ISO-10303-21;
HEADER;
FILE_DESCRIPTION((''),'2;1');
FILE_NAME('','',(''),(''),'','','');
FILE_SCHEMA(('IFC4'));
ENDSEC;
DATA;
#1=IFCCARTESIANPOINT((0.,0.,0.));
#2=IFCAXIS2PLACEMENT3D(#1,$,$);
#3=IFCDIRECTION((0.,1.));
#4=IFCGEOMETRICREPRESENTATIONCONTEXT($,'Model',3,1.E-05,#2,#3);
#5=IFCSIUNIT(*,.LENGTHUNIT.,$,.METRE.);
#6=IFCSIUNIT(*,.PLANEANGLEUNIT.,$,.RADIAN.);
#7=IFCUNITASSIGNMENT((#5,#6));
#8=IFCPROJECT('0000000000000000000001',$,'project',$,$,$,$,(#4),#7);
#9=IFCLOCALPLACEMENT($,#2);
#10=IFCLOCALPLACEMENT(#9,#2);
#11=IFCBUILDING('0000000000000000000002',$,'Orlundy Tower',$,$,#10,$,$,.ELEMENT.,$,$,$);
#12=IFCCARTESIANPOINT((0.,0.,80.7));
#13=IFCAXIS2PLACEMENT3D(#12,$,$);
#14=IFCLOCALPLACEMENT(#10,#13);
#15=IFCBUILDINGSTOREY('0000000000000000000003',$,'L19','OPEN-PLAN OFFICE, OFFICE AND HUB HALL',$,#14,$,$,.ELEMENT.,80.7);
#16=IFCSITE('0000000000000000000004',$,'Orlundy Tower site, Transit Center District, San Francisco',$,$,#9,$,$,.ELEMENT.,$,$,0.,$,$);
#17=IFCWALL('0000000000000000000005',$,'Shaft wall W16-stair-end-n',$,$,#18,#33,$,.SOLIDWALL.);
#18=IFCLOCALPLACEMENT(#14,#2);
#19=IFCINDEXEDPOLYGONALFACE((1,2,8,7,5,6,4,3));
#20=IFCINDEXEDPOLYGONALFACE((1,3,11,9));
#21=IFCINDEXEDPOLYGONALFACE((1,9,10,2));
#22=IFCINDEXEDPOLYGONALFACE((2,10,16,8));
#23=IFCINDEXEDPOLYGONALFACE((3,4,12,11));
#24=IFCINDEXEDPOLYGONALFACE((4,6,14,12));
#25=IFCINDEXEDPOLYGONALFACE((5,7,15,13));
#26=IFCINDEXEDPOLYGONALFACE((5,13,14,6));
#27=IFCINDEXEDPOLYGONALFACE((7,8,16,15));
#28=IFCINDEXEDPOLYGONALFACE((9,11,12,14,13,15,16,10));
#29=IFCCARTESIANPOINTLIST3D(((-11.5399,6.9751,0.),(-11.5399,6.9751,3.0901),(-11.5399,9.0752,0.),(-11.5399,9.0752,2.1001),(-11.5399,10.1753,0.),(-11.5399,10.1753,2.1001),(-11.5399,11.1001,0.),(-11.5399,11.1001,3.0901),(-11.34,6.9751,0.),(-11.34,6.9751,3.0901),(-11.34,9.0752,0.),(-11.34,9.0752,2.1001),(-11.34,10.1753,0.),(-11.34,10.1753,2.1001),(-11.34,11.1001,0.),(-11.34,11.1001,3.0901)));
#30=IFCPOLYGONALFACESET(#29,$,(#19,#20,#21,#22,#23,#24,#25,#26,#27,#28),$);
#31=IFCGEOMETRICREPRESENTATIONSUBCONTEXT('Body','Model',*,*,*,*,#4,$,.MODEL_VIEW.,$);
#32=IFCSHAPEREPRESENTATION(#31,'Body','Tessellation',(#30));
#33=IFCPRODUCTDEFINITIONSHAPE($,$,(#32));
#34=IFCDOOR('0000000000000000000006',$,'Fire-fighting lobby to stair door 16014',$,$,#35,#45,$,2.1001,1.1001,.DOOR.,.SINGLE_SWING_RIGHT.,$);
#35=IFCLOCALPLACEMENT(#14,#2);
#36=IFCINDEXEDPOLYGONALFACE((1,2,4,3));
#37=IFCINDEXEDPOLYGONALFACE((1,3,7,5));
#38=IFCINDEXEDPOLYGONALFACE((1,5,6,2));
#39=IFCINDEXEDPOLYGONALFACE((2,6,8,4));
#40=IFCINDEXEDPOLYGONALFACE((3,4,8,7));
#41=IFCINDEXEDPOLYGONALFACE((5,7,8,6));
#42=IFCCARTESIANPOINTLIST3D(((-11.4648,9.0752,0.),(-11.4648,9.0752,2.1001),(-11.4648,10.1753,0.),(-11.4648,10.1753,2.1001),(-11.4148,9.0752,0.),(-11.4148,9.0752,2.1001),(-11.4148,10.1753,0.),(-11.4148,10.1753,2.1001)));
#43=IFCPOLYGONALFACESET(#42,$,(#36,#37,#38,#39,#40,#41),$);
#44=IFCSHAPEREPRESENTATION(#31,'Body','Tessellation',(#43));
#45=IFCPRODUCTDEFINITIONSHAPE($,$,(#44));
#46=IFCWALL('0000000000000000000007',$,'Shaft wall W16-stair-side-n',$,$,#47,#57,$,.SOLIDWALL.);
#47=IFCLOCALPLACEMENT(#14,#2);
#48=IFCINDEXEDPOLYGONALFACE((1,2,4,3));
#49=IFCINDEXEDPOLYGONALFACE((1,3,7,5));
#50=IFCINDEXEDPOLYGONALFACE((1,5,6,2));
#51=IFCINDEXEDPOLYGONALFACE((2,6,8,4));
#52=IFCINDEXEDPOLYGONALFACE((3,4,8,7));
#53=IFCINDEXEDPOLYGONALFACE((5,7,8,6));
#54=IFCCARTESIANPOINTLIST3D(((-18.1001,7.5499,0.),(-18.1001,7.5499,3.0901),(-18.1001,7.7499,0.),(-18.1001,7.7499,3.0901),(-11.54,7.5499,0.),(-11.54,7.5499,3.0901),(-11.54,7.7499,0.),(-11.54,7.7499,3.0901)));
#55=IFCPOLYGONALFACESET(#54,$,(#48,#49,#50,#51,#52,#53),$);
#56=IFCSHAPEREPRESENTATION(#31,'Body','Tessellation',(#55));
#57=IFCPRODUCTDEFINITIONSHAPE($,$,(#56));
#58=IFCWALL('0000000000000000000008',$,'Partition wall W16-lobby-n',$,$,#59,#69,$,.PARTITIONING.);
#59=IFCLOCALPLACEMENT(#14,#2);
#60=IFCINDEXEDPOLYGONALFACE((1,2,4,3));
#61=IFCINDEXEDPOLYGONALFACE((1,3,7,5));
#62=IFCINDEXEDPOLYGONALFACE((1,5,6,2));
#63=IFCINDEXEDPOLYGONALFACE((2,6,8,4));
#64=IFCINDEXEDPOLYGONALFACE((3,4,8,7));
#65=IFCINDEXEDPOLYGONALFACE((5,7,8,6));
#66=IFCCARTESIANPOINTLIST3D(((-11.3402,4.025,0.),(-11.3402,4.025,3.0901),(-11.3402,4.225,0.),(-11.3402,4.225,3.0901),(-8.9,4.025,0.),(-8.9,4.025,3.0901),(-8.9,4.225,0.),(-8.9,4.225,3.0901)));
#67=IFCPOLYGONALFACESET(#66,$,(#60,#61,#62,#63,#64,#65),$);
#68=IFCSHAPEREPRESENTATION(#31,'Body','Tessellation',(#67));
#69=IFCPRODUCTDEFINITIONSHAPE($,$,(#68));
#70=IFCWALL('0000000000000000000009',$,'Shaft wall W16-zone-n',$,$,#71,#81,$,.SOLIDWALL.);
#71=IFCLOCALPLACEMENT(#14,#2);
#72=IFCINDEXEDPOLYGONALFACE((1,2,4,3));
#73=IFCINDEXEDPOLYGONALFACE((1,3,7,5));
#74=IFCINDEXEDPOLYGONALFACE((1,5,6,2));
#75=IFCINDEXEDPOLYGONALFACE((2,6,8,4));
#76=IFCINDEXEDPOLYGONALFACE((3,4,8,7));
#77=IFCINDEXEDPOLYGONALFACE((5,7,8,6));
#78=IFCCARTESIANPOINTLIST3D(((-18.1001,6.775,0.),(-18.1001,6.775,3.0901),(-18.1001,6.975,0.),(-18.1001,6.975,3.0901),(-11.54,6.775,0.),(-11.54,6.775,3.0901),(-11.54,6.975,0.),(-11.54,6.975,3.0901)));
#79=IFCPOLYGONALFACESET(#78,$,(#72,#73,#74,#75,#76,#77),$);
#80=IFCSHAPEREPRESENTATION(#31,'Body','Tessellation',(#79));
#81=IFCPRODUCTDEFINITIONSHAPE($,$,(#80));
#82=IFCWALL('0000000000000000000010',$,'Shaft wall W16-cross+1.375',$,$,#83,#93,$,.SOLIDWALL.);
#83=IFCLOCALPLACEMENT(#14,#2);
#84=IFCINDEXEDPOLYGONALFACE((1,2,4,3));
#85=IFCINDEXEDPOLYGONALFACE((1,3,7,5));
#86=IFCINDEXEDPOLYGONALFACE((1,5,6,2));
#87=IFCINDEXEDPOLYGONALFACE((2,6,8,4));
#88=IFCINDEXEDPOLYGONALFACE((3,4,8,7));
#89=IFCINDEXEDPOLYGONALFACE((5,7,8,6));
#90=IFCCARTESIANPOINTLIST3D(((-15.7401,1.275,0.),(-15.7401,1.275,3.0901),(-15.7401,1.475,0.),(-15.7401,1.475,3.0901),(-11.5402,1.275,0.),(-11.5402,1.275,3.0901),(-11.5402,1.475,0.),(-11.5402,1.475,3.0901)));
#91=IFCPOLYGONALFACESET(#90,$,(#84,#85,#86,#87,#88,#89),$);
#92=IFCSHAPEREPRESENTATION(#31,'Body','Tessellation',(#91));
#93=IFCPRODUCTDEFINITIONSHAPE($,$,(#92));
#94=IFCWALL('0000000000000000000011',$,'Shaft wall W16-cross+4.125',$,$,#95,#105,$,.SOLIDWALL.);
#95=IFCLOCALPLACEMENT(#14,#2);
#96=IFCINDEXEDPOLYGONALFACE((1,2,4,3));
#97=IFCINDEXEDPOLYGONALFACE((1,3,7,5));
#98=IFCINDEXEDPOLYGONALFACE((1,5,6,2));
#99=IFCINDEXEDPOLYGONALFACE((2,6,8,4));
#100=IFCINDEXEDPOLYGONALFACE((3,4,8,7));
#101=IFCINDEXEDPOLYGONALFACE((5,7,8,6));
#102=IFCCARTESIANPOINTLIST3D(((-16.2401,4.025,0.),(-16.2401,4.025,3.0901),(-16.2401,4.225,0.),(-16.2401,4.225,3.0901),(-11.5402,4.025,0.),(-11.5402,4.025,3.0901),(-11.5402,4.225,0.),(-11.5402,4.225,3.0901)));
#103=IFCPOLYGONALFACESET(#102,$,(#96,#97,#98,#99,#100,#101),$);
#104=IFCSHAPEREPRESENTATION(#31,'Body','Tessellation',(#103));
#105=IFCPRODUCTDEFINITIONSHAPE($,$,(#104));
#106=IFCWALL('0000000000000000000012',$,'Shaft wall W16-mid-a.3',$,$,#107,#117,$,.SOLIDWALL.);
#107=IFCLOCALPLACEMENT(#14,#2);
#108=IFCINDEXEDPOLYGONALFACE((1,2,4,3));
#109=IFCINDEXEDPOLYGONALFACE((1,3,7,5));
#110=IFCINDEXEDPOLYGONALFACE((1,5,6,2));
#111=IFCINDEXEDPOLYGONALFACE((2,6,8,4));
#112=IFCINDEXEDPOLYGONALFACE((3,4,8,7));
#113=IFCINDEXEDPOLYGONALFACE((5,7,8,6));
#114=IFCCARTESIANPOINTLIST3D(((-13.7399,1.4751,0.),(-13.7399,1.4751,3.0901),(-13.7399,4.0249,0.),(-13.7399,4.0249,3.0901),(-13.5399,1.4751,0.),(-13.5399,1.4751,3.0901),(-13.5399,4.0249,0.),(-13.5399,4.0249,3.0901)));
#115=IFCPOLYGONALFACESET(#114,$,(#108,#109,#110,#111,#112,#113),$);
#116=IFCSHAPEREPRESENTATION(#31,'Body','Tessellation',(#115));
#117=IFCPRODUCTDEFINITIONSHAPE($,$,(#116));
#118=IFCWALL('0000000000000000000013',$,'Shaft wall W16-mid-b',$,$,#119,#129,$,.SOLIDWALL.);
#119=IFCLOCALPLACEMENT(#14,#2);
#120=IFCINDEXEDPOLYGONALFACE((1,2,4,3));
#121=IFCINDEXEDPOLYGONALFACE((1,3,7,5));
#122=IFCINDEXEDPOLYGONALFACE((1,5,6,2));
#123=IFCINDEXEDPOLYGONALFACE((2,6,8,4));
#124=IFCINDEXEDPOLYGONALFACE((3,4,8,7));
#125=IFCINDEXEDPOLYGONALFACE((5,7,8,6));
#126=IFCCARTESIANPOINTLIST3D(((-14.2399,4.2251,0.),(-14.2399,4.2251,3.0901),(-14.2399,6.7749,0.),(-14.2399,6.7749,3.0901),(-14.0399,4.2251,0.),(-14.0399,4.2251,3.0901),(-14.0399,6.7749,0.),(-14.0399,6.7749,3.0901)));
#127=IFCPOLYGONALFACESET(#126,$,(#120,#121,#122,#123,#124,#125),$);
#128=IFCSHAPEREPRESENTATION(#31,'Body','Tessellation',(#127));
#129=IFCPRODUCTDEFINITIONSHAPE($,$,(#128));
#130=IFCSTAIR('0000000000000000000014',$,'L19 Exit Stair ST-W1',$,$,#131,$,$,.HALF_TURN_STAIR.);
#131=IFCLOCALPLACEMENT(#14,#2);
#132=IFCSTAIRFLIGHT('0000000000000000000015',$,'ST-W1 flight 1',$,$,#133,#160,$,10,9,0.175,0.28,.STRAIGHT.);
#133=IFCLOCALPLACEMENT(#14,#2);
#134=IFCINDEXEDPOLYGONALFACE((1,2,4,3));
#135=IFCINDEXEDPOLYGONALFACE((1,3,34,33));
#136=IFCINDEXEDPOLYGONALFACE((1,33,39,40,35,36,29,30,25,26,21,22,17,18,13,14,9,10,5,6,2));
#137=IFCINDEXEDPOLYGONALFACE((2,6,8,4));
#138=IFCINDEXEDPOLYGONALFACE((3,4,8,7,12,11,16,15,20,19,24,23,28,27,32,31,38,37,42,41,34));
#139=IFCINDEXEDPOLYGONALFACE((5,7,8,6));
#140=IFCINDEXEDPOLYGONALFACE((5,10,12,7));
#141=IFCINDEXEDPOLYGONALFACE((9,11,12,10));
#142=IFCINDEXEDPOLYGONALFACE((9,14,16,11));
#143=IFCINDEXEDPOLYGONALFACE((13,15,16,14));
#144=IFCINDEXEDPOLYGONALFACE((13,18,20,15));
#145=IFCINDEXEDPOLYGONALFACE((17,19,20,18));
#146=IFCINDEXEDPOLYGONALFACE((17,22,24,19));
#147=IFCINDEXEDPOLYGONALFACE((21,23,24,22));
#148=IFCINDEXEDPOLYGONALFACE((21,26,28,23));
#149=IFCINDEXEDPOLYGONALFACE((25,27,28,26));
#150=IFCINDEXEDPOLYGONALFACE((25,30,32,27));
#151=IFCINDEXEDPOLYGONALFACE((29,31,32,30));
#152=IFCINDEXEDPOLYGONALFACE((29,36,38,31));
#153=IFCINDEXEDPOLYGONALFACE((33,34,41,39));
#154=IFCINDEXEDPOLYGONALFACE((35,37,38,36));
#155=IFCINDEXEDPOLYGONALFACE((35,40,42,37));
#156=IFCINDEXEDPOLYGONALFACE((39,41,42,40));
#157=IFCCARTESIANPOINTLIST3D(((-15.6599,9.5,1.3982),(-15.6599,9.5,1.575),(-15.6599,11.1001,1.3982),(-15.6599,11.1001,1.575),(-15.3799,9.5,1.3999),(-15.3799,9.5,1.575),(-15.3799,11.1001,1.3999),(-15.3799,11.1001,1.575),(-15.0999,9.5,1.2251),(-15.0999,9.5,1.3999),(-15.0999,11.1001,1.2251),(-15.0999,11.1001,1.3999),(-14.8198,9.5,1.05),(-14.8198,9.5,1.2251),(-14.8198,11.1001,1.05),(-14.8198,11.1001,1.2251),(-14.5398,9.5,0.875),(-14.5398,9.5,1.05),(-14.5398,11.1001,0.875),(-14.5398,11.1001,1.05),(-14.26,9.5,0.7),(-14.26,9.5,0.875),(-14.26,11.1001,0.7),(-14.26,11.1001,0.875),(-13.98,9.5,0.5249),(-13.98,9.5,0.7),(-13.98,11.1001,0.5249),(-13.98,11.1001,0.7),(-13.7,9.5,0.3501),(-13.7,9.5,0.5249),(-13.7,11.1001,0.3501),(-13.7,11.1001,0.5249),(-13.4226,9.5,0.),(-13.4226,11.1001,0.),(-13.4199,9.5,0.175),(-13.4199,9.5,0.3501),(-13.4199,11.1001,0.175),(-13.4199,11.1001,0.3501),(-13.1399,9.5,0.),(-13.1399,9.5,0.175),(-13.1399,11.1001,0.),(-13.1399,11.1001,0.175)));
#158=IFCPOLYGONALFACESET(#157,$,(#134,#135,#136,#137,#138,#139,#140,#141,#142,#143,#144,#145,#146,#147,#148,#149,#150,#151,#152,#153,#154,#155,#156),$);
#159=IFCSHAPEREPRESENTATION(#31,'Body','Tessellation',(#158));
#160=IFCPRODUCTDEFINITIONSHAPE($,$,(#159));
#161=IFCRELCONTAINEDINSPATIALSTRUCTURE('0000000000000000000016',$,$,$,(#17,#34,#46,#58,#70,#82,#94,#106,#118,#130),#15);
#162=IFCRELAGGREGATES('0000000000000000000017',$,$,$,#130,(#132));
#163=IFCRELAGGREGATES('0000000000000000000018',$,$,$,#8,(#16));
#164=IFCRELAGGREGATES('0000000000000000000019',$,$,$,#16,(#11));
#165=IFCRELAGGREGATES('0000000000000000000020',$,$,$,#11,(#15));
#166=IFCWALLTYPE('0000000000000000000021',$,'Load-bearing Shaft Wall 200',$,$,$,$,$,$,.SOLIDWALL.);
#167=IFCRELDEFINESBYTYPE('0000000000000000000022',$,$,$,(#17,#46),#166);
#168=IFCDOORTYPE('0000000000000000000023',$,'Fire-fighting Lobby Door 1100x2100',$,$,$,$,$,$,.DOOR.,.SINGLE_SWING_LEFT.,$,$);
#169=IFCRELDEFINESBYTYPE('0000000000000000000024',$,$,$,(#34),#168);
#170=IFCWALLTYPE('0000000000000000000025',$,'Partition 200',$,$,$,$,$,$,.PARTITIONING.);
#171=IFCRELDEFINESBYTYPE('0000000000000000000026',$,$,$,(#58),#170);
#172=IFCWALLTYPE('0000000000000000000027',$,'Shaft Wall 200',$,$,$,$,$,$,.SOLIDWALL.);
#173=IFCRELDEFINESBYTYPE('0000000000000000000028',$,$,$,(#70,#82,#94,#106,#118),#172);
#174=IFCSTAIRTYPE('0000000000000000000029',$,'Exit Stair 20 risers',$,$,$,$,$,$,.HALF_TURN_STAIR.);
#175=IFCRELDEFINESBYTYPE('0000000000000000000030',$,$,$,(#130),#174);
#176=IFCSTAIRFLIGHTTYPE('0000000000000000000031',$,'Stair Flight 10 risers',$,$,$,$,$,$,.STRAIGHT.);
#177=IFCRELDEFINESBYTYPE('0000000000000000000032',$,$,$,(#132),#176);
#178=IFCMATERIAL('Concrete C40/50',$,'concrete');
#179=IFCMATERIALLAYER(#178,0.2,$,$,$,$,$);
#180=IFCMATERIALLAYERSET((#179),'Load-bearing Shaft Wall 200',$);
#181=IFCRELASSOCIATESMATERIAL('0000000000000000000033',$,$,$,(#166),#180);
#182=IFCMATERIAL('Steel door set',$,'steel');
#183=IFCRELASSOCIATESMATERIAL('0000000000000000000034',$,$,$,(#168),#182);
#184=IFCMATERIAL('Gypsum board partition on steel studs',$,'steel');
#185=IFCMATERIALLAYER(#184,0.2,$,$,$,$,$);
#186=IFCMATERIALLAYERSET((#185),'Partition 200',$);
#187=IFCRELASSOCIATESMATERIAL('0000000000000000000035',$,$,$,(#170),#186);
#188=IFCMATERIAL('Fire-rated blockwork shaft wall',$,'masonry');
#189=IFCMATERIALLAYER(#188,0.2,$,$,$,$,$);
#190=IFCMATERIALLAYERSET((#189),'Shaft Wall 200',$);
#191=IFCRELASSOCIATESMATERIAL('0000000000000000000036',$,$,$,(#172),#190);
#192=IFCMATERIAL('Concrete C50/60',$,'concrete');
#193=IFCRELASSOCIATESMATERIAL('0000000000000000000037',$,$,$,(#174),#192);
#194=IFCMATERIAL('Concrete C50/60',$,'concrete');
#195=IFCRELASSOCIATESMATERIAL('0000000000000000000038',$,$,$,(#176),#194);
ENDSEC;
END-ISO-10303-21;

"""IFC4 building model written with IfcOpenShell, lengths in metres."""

from ifc_helpers import new_model, si_unit, direction, frame, frame_2d, origin, place, context, subcontext, project, spatial, polyline, rectangle, outline, extrude, material, layer, layer_set, type_object, element, fill, aggregate, save


model = new_model("IFC4")

# Units and contexts
model_context = context("Model", 3, precision=1e-05, world=origin(), true_north=direction((0.0, 1.0)))
body_context = subcontext(model_context, "Body", "Model", "MODEL_VIEW")
ifc_project = project(units=[si_unit("LENGTHUNIT", "METRE"), si_unit("PLANEANGLEUNIT", "RADIAN")], contexts=[model_context])

# Site, building, storey
site_placement = place(None, origin())
site = spatial("IfcSite", under=ifc_project, at=site_placement, Name="Orlundy Tower site, Transit Center District, San Francisco", CompositionType="ELEMENT", RefElevation=0.0)
building_placement = place(site_placement, origin())
building = spatial("IfcBuilding", under=site, at=building_placement, Name="Orlundy Tower", CompositionType="ELEMENT")
storey_placement = place(building_placement, frame((0.0, 0.0, 80.7)))
storey = spatial("IfcBuildingStorey", under=building, at=storey_placement, Name="L19", Description="OPEN-PLAN OFFICE, OFFICE AND HUB HALL", CompositionType="ELEMENT", Elevation=80.7)

# Wall, opening, door
ifc_material_1 = material(Name="Concrete C40/50", Category="concrete")
ifc_layer_1 = layer(ifc_material_1, 0.2)
ifc_layer_set_1 = layer_set([ifc_layer_1], Name="Load-bearing Shaft Wall 200")
wall_type_1 = type_object("IfcWallType", Name="Load-bearing Shaft Wall 200", PredefinedType="SOLIDWALL", material=ifc_layer_set_1)
wall_1_placement = place(storey_placement, frame((-11.4399, 6.9751, 0.0), z_axis=(0.0, 0.0, 1.0), x_axis=(0.0, 1.0, 0.0)))
wall_1 = element("IfcWall", 1, at=wall_1_placement, inside=storey, type_object=wall_type_1, Name="Shaft wall W16-stair-end-n", PredefinedType="SOLIDWALL", context=body_context, shape_type="SweptSolid", body=[
    extrude(rectangle(XDim=4.125, YDim=0.2, at=frame_2d((2.0625, 0.0))), origin(), (0.0, 0.0, 1.0), 3.0901),
])
opening_1_placement = place(wall_1_placement, frame((2.1001, 0.0, 0.0)))
opening_1 = element("IfcOpeningElement", 2, at=opening_1_placement, cuts=wall_1, PredefinedType="OPENING", context=body_context, shape_type="SweptSolid", body=[
    extrude(rectangle(XDim=1.1001, YDim=2.1001, at=frame_2d((0.55, 1.05))), frame((0.0, 0.1101, 0.0), z_axis=(0.0, -1.0, 0.0), x_axis=(1.0, 0.0, 0.0)), (0.0, 0.0, 1.0), 0.2202),
])
ifc_material_2 = material(Name="Steel door set", Category="steel")
door_type_1 = type_object("IfcDoorType", Name="Fire-fighting Lobby Door 1100x2100", OperationType="SINGLE_SWING_LEFT", PredefinedType="DOOR", material=ifc_material_2)
door_1_placement = place(opening_1_placement, origin())
door_1 = element("IfcDoor", 3, at=door_1_placement, inside=storey, type_object=door_type_1, Name="Fire-fighting lobby to stair door 16014", OperationType="SINGLE_SWING_RIGHT", OverallHeight=2.1001, OverallWidth=1.1001, PredefinedType="DOOR", context=body_context, shape_type="SweptSolid", body=[
    extrude(rectangle(XDim=1.1001, YDim=2.1001, at=frame_2d((0.55, 1.05))), frame((0.0, 0.0249, 0.0), z_axis=(0.0, -1.0, 0.0), x_axis=(1.0, 0.0, 0.0)), (0.0, 0.0, 1.0), 0.05),
])
fill(opening_1, door_1)

# Walls
wall_2_placement = place(storey_placement, frame((-11.54, 7.6499, 0.0), z_axis=(0.0, 0.0, 1.0), x_axis=(-1.0, 0.0, 0.0)))
element("IfcWall", 4, at=wall_2_placement, inside=storey, type_object=wall_type_1, Name="Shaft wall W16-stair-side-n", PredefinedType="SOLIDWALL", context=body_context, shape_type="SweptSolid", body=[
    extrude(rectangle(XDim=6.5601, YDim=0.2, at=frame_2d((3.28, 0.0))), origin(), (0.0, 0.0, 1.0), 3.0901),
])
ifc_material_3 = material(Name="Gypsum board partition on steel studs", Category="steel")
ifc_layer_2 = layer(ifc_material_3, 0.2)
ifc_layer_set_2 = layer_set([ifc_layer_2], Name="Partition 200")
wall_type_2 = type_object("IfcWallType", Name="Partition 200", PredefinedType="PARTITIONING", material=ifc_layer_set_2)
wall_3_placement = place(storey_placement, frame((-8.8999, 4.125, 0.0), z_axis=(0.0, 0.0, 1.0), x_axis=(-1.0, 0.0, 0.0)))
element("IfcWall", 5, at=wall_3_placement, inside=storey, type_object=wall_type_2, Name="Partition wall W16-lobby-n", PredefinedType="PARTITIONING", context=body_context, shape_type="SweptSolid", body=[
    extrude(rectangle(XDim=2.4402, YDim=0.2, at=frame_2d((1.2202, 0.0))), origin(), (0.0, 0.0, 1.0), 3.0901),
])
ifc_material_4 = material(Name="Fire-rated blockwork shaft wall", Category="masonry")
ifc_layer_3 = layer(ifc_material_4, 0.2)
ifc_layer_set_3 = layer_set([ifc_layer_3], Name="Shaft Wall 200")
wall_type_3 = type_object("IfcWallType", Name="Shaft Wall 200", PredefinedType="SOLIDWALL", material=ifc_layer_set_3)
wall_4_placement = place(storey_placement, frame((-11.54, 6.875, 0.0), z_axis=(0.0, 0.0, 1.0), x_axis=(-1.0, 0.0, 0.0)))
element("IfcWall", 6, at=wall_4_placement, inside=storey, type_object=wall_type_3, Name="Shaft wall W16-zone-n", PredefinedType="SOLIDWALL", context=body_context, shape_type="SweptSolid", body=[
    extrude(rectangle(XDim=6.5601, YDim=0.2, at=frame_2d((3.28, 0.0))), origin(), (0.0, 0.0, 1.0), 3.0901),
])
wall_5_placement = place(storey_placement, frame((-11.54, 1.375, 0.0), z_axis=(0.0, 0.0, 1.0), x_axis=(-1.0, 0.0, 0.0)))
element("IfcWall", 7, at=wall_5_placement, inside=storey, type_object=wall_type_3, Name="Shaft wall W16-cross+1.375", PredefinedType="SOLIDWALL", context=body_context, shape_type="SweptSolid", body=[
    extrude(rectangle(XDim=4.2, YDim=0.2, at=frame_2d((2.1001, 0.0))), origin(), (0.0, 0.0, 1.0), 3.0901),
])
wall_6_placement = place(storey_placement, frame((-11.54, 4.125, 0.0), z_axis=(0.0, 0.0, 1.0), x_axis=(-1.0, 0.0, 0.0)))
element("IfcWall", 8, at=wall_6_placement, inside=storey, type_object=wall_type_3, Name="Shaft wall W16-cross+4.125", PredefinedType="SOLIDWALL", context=body_context, shape_type="SweptSolid", body=[
    extrude(rectangle(XDim=4.7, YDim=0.2, at=frame_2d((2.3501, 0.0))), origin(), (0.0, 0.0, 1.0), 3.0901),
])
for number, where, z_axis, x_axis, name in (
    (9, (-13.6399, 1.4751, 0.0), (0.0, 0.0, 1.0), (0.0, 1.0, 0.0), "Shaft wall W16-mid-a.3"),
    (10, (-14.1399, 4.2251, 0.0), (0.0, 0.0, 1.0), (0.0, 1.0, 0.0), "Shaft wall W16-mid-b"),
):
    element("IfcWall", number, at=place(storey_placement, frame(where, z_axis=z_axis, x_axis=x_axis)), inside=storey, type_object=wall_type_3, Name=name, PredefinedType="SOLIDWALL", context=body_context, shape_type="SweptSolid", body=[
        extrude(rectangle(XDim=2.5498, YDim=0.2, at=frame_2d((1.2749, 0.0))), origin(), (0.0, 0.0, 1.0), 3.0901),
    ])

# Stair, stair flight
ifc_material_5 = material(Name="Concrete C50/60", Category="concrete")
stair_type = type_object("IfcStairType", Name="Exit Stair 20 risers", PredefinedType="HALF_TURN_STAIR", material=ifc_material_5)
stair_placement = place(storey_placement, origin())
stair = element("IfcStair", 11, at=stair_placement, inside=storey, type_object=stair_type, Name="L19 Exit Stair ST-W1", PredefinedType="HALF_TURN_STAIR")
ifc_material_6 = material(Name="Concrete C50/60", Category="concrete")
stair_flight_type = type_object("IfcStairFlightType", Name="Stair Flight 10 risers", PredefinedType="STRAIGHT", material=ifc_material_6)
stair_flight_1_placement = place(storey_placement, frame((-13.1399, 10.3, 0.0), z_axis=(0.0, 0.0, 1.0), x_axis=(-1.0, 0.0, 0.0)))
stair_flight_1 = element("IfcStairFlight", 12, at=stair_flight_1_placement, type_object=stair_flight_type, Name="ST-W1 flight 1", NumberOfRisers=10, NumberOfTreads=9, PredefinedType="STRAIGHT", RiserHeight=0.175, TreadLength=0.28, context=body_context, shape_type="SweptSolid", body=[
    extrude(outline(polyline([(0.0, 0.0), (0.0, 0.175), (0.28, 0.175), (0.28, 0.3501), (0.5601, 0.3501), (0.5601, 0.5249), (0.8401, 0.5249), (0.8401, 0.7), (1.1201, 0.7), (1.1201, 0.875), (1.3999, 0.875), (1.3999, 1.05), (1.6799, 1.05), (1.6799, 1.2251), (1.96, 1.2251), (1.96, 1.3999), (2.24, 1.3999), (2.24, 1.575), (2.52, 1.575), (2.52, 1.75), (2.52, 1.3982), (0.2827, 0.0), (0.0, 0.0)])), frame((0.0, 0.8, 0.0), z_axis=(0.0, -1.0, 0.0), x_axis=(1.0, 0.0, 0.0)), (0.0, 0.0, 1.0), 1.6001),
])
aggregate(stair, [stair_flight_1])

save(model, "model.ifc")
